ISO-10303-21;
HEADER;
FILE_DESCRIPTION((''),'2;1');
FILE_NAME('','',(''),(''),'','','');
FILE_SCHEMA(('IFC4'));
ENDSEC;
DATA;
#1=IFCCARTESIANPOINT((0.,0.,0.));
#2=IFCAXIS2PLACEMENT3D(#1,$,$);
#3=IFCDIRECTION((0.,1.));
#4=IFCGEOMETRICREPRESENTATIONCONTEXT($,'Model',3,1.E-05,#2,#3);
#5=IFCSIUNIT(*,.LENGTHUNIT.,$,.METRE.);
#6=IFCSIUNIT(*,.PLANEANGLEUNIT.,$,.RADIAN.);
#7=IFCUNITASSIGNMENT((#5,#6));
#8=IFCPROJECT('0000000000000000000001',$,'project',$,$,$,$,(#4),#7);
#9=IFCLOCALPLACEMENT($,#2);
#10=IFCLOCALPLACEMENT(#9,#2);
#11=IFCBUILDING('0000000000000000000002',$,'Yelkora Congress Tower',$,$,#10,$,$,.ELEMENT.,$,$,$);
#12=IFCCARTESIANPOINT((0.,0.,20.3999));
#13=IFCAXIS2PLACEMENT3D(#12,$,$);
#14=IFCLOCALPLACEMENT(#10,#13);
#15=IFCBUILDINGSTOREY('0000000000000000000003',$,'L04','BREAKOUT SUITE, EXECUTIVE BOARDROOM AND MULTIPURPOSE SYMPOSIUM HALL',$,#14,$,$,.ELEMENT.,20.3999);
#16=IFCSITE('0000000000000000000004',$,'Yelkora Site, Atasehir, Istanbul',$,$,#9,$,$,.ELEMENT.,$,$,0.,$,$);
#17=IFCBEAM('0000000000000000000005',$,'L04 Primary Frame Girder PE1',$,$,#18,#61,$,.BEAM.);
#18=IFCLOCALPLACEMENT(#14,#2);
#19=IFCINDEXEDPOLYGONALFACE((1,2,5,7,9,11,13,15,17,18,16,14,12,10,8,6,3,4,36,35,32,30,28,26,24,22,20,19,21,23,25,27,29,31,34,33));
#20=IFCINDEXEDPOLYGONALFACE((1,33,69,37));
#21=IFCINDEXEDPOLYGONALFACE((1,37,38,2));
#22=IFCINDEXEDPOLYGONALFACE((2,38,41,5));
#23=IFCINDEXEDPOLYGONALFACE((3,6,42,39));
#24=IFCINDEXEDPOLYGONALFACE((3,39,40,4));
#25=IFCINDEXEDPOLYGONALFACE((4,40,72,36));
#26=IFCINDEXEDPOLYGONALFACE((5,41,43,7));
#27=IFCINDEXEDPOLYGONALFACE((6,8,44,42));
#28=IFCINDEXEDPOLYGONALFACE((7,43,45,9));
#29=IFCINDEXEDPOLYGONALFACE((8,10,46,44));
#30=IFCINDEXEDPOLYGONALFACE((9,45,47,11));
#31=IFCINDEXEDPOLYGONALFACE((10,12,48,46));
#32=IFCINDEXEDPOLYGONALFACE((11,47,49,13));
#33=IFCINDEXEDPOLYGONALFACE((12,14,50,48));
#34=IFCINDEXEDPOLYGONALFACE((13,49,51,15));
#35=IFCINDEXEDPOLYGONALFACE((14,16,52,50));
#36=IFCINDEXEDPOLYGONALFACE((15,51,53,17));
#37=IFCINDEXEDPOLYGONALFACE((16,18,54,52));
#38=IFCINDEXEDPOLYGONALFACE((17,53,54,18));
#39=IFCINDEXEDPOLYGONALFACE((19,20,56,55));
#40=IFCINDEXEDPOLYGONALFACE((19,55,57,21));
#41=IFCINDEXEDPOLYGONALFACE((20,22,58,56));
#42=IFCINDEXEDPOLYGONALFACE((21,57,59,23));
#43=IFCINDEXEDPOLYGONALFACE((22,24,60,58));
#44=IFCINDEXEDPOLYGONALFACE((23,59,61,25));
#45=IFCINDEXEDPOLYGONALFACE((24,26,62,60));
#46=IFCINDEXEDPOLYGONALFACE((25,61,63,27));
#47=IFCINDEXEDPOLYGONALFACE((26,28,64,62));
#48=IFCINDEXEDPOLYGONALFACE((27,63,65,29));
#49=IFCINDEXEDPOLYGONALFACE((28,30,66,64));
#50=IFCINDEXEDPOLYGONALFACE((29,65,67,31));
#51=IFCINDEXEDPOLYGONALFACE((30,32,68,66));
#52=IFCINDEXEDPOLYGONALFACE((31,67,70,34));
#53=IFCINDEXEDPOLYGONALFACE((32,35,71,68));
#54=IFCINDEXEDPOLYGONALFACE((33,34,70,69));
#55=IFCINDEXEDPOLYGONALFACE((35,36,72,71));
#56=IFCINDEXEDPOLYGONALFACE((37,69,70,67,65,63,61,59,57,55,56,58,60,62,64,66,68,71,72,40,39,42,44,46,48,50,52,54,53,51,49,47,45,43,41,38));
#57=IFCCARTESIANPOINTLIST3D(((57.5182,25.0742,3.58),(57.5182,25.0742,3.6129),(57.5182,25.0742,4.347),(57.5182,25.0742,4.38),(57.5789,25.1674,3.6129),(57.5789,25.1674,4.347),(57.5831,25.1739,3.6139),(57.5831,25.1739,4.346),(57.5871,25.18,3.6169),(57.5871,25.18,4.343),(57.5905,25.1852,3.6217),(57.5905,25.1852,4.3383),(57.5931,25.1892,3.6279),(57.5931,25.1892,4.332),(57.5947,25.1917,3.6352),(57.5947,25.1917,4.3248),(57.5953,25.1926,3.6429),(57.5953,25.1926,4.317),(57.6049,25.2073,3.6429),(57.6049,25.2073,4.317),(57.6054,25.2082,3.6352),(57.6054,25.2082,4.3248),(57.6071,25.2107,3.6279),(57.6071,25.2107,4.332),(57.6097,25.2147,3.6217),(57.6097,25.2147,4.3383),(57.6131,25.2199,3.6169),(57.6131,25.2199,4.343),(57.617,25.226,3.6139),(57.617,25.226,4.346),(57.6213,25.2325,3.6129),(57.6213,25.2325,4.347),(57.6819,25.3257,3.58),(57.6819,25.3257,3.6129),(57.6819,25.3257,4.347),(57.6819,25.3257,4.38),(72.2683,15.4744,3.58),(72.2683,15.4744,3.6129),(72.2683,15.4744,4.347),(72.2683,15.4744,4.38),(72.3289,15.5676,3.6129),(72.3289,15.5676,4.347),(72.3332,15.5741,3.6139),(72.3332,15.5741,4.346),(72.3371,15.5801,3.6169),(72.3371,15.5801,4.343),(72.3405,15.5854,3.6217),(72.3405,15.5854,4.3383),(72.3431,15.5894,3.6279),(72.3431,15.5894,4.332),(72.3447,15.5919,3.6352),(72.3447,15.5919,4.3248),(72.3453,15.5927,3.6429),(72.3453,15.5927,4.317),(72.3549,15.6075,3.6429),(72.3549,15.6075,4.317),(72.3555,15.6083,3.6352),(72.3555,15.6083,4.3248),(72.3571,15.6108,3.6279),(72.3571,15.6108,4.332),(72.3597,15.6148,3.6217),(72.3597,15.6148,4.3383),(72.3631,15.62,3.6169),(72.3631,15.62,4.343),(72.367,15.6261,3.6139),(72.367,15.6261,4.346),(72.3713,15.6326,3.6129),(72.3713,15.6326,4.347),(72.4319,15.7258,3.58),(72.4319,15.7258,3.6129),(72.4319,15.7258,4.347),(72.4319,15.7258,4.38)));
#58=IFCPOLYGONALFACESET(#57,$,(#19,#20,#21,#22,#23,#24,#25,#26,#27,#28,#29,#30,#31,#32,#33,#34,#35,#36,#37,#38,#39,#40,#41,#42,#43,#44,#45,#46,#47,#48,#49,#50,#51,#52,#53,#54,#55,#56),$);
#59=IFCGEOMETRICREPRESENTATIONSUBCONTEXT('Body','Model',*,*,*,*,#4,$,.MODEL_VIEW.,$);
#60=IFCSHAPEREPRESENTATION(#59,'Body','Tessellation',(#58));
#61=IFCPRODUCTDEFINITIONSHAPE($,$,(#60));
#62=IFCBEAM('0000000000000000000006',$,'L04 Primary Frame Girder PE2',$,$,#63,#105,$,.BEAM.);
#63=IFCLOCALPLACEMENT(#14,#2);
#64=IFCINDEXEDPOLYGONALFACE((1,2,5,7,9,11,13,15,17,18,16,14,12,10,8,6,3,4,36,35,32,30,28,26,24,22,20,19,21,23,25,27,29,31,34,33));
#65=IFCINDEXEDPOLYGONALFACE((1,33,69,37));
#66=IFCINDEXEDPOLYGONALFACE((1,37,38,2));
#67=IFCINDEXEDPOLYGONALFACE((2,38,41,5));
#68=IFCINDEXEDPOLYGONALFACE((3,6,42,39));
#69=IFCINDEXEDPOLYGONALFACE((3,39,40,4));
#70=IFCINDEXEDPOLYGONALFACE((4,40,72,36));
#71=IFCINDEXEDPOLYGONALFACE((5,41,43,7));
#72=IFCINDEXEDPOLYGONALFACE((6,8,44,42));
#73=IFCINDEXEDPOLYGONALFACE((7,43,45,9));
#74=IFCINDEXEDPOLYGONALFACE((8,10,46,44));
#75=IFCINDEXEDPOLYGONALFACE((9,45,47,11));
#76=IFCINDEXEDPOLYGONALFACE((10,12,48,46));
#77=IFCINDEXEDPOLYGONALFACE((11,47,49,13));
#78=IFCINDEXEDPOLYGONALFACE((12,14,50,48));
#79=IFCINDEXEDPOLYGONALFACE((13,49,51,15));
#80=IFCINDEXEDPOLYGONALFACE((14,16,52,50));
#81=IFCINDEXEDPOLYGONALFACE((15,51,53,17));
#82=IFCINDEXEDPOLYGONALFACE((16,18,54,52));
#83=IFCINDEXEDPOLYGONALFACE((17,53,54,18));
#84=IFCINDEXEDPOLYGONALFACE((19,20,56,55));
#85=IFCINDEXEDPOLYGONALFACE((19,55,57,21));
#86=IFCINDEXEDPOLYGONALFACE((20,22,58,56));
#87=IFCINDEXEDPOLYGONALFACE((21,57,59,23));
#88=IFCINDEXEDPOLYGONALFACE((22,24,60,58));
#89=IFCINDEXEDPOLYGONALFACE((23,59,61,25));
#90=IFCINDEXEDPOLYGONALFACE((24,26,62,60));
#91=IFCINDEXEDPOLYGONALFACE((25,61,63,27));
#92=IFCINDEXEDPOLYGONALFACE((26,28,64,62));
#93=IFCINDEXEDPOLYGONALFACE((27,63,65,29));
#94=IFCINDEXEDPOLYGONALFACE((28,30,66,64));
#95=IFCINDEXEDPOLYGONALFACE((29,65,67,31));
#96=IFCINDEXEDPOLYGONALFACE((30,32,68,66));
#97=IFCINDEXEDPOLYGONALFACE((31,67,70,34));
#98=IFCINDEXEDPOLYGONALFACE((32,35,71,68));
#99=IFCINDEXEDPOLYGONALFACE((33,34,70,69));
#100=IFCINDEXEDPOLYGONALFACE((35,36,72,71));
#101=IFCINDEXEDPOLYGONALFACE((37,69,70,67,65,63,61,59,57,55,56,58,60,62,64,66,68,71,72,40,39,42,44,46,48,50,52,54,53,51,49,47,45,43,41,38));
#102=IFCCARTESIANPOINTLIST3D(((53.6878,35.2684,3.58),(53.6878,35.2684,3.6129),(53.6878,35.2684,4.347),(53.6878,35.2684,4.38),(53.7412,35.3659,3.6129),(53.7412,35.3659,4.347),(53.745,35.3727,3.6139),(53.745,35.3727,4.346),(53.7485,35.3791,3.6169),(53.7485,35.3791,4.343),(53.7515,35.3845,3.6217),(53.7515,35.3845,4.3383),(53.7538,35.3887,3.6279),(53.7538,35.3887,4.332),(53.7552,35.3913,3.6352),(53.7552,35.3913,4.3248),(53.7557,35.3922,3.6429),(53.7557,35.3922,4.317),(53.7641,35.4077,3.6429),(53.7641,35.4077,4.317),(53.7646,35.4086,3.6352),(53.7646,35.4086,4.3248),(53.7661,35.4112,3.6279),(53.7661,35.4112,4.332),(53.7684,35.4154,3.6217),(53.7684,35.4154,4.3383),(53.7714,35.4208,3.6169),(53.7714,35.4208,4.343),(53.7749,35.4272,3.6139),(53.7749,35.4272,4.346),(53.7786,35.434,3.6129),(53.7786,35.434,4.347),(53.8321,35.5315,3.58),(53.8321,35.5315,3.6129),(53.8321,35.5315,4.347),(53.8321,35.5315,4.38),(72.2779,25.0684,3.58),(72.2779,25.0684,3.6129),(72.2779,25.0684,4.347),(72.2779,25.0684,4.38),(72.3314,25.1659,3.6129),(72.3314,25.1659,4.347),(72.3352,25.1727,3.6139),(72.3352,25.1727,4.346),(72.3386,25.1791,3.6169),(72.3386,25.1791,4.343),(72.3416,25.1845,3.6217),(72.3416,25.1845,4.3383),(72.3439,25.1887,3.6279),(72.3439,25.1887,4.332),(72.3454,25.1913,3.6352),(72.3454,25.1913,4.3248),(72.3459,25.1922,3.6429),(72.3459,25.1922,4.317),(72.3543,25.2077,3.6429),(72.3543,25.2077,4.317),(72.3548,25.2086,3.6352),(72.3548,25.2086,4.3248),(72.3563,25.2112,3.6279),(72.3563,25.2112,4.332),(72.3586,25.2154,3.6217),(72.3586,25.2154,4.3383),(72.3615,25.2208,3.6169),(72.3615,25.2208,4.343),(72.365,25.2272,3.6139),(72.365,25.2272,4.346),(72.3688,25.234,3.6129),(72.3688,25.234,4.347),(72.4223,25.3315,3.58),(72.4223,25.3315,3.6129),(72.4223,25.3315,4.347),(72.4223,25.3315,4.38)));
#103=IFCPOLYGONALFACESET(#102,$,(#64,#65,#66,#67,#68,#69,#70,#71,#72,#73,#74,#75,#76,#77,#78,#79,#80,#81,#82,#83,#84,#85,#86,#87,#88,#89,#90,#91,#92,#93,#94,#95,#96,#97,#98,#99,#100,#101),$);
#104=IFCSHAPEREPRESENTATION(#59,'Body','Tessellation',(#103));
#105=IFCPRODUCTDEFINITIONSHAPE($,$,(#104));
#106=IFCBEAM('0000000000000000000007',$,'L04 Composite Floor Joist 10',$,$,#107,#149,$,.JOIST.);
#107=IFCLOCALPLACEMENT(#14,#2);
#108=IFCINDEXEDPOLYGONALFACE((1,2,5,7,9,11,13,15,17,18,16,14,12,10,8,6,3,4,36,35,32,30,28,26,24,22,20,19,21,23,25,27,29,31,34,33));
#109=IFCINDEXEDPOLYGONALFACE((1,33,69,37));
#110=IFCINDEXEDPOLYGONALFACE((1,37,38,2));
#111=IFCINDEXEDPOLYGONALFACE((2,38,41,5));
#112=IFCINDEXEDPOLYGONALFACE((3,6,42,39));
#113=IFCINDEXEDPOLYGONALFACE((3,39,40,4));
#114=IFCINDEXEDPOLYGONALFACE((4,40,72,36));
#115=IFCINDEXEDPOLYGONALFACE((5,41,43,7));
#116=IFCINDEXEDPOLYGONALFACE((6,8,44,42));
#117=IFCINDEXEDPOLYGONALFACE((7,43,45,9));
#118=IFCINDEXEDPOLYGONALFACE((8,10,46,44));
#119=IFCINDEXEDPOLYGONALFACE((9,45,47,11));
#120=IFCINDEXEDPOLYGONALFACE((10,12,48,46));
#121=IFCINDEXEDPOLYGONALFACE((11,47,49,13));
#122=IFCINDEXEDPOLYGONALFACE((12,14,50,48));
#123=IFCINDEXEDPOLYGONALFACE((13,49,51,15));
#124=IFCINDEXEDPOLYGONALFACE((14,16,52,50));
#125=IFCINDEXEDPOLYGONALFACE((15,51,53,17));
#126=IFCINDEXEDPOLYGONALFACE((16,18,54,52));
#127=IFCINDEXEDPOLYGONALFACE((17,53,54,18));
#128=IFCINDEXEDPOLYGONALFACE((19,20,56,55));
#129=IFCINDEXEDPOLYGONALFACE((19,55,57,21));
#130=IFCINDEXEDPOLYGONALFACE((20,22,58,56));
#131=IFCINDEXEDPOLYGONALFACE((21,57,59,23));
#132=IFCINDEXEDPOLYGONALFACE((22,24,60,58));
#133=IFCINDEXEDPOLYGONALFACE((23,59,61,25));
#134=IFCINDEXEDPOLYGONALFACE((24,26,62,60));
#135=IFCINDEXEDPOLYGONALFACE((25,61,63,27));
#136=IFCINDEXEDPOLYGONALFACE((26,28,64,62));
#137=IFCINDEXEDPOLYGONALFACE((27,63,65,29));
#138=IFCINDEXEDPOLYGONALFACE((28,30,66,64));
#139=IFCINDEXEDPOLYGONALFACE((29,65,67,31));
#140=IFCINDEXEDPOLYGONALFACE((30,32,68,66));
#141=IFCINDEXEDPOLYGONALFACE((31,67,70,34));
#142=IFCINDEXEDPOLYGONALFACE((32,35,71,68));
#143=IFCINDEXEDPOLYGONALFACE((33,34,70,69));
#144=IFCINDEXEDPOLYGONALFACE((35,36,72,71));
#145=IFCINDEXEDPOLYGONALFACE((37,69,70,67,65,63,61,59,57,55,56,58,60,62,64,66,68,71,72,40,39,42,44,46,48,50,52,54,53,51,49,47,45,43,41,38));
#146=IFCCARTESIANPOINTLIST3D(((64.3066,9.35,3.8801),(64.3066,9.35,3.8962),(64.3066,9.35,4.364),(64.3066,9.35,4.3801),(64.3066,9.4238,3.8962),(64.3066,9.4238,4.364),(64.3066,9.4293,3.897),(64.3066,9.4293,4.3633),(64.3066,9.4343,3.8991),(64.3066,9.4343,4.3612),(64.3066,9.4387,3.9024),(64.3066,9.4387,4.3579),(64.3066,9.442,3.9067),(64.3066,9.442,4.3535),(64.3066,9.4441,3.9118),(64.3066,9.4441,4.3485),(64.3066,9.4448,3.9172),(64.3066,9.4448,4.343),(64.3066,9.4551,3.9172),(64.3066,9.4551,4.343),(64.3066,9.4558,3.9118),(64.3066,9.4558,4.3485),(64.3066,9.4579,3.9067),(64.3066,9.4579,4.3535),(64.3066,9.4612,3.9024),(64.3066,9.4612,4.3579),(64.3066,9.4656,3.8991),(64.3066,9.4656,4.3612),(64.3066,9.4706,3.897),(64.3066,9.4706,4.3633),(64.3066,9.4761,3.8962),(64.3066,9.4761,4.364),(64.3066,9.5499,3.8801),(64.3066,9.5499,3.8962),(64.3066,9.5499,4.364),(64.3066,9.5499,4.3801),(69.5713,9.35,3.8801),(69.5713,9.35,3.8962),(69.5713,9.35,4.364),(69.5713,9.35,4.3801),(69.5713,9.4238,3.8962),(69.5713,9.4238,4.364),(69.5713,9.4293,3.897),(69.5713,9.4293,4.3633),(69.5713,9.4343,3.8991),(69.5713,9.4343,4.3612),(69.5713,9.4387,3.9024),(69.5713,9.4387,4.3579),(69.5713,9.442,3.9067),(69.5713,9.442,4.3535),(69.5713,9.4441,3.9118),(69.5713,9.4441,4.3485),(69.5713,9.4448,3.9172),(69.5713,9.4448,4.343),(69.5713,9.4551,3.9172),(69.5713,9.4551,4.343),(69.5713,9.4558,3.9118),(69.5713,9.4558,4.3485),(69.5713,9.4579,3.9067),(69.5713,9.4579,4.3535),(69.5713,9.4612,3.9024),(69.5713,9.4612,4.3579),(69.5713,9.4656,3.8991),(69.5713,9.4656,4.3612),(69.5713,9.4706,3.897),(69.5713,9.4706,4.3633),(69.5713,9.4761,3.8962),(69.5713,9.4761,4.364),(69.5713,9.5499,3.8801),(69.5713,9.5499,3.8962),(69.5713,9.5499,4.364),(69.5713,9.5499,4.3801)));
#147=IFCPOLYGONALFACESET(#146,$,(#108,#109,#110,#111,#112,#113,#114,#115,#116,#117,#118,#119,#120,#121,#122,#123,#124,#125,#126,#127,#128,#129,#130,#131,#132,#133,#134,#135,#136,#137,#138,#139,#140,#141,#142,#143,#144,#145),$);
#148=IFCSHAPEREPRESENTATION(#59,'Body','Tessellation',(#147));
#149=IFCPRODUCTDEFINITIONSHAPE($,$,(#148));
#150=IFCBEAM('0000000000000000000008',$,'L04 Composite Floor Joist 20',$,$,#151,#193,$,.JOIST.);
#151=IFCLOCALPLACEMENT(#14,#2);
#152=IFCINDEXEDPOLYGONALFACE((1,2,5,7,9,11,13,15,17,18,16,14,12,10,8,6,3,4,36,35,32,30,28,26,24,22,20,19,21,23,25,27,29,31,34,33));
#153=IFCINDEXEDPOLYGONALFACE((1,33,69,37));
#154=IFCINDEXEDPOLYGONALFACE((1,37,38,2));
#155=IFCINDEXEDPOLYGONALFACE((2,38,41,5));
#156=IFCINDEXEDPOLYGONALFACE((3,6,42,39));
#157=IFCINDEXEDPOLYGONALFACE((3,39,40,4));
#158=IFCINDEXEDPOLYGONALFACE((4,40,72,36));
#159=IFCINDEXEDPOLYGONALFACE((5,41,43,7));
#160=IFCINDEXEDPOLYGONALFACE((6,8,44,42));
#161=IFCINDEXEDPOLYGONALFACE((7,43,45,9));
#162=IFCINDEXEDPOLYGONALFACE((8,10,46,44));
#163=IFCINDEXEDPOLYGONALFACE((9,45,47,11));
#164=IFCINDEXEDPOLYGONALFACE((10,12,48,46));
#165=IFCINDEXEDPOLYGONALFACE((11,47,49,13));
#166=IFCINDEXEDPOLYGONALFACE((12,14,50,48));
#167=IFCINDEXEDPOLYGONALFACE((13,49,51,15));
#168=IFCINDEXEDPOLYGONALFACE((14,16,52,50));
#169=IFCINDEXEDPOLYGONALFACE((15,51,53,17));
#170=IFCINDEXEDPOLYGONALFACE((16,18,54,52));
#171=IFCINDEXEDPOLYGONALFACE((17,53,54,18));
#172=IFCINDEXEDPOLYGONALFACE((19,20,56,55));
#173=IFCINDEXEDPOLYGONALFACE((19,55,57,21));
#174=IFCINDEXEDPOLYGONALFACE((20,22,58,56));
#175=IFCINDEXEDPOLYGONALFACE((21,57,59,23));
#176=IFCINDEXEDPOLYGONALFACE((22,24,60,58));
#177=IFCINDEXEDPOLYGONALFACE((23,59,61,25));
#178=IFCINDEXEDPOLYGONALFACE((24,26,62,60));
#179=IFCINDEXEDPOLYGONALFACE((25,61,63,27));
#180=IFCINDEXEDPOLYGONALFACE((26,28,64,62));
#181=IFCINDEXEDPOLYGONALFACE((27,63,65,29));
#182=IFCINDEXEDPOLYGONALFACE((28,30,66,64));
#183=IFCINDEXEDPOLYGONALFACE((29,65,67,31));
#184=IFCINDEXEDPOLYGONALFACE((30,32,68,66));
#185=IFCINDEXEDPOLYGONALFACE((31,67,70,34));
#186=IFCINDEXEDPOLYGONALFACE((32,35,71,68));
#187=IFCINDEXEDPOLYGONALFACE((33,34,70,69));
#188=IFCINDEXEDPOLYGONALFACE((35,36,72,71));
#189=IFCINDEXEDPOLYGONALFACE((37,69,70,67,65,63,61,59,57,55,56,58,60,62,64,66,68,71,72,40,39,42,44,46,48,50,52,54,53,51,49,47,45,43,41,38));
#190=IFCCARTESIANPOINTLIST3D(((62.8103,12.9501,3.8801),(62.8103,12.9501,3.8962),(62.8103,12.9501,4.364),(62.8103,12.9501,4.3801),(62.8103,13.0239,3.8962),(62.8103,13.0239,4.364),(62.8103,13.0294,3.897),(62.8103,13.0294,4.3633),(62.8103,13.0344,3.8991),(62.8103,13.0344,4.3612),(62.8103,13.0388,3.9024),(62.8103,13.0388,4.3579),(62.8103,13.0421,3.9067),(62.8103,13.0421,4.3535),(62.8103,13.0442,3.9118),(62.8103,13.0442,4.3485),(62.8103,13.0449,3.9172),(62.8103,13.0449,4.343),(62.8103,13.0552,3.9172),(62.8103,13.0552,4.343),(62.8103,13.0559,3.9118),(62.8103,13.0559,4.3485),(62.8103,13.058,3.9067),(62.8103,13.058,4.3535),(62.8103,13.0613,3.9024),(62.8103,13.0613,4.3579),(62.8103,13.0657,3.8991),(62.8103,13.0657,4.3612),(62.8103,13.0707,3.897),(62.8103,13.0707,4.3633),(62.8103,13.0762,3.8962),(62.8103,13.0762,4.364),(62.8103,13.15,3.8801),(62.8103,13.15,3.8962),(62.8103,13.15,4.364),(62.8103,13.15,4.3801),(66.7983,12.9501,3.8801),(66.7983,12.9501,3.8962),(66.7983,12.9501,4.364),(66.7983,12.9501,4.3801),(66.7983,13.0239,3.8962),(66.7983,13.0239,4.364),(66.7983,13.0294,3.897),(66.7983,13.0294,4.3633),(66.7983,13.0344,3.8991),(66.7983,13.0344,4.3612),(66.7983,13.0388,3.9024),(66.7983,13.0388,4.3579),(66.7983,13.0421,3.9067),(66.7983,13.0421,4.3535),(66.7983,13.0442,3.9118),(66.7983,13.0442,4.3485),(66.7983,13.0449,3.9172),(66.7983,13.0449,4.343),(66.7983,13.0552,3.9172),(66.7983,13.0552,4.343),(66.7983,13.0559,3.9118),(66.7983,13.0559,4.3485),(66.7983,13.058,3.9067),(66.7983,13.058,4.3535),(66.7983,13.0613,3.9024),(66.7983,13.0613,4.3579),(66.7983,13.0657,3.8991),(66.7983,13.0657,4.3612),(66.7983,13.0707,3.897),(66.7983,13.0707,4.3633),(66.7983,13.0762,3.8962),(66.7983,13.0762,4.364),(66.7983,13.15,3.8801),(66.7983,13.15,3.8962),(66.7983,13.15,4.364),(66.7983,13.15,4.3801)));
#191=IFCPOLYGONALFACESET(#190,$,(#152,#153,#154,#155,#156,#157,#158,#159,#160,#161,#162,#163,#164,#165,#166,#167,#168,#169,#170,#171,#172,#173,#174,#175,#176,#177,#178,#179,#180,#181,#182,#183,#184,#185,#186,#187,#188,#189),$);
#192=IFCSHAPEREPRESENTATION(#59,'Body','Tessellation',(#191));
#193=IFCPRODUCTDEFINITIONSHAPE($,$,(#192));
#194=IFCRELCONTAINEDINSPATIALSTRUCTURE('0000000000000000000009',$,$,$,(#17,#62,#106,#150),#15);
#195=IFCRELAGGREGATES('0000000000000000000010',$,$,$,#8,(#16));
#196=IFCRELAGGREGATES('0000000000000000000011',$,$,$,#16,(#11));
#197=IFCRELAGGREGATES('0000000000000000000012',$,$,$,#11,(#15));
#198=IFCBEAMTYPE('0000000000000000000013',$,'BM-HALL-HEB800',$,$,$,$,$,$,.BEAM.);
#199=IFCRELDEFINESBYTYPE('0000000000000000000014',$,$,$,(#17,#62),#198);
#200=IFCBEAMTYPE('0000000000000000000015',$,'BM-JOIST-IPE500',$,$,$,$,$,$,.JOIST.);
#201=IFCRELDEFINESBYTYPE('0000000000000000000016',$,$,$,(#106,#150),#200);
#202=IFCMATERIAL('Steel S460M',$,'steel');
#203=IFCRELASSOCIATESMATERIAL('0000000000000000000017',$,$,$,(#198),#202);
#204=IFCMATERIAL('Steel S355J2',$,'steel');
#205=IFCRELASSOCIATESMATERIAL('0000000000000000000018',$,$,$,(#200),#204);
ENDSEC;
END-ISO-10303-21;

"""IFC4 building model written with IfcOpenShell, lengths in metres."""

from ifc_helpers import new_model, si_unit, direction, frame, origin, origin_2d, place, context, subcontext, project, spatial, i_section, extrude, material, material_profile, profile_set, type_object, element, save


model = new_model("IFC4")

# Units and contexts
model_context = context("Model", 3, precision=1e-05, world=origin(), true_north=direction((0.0, 1.0)))
body_context = subcontext(model_context, "Body", "Model", "MODEL_VIEW")
ifc_project = project(units=[si_unit("LENGTHUNIT", "METRE"), si_unit("PLANEANGLEUNIT", "RADIAN")], contexts=[model_context])

# Site, building, storey
site_placement = place(None, origin())
site = spatial("IfcSite", under=ifc_project, at=site_placement, Name="Yelkora Site, Atasehir, Istanbul", CompositionType="ELEMENT", RefElevation=0.0)
building_placement = place(site_placement, origin())
building = spatial("IfcBuilding", under=site, at=building_placement, Name="Yelkora Congress Tower", CompositionType="ELEMENT")
storey_placement = place(building_placement, frame((0.0, 0.0, 20.3999)))
storey = spatial("IfcBuildingStorey", under=building, at=storey_placement, Name="L04", Description="BREAKOUT SUITE, EXECUTIVE BOARDROOM AND MULTIPURPOSE SYMPOSIUM HALL", CompositionType="ELEMENT", Elevation=20.3999)

# Beams
ifc_material_1 = material(Name="Steel S460M", Category="steel")
ifc_material_profile_1 = material_profile(ifc_material_1, i_section(OverallWidth=0.3, OverallDepth=0.8, WebThickness=0.0176, FlangeThickness=0.033, FilletRadius=0.03, at=origin_2d()), Name="HEB 800")
ifc_profile_set_1 = profile_set([ifc_material_profile_1], Name="Steel S460M")
beam_type_1 = type_object("IfcBeamType", Name="BM-HALL-HEB800", PredefinedType="BEAM", material=ifc_profile_set_1)
beam_1_placement = place(storey_placement, frame((72.3501, 15.6001, 3.98), z_axis=(-0.838123, 0.545482, 0.0), x_axis=(-0.545482, -0.838123, 0.0)))
element("IfcBeam", 1, at=beam_1_placement, inside=storey, type_object=beam_type_1, Name="L04 Primary Frame Girder PE1", PredefinedType="BEAM", context=body_context, shape_type="SweptSolid", body=[
    extrude(i_section(OverallWidth=0.3, OverallDepth=0.8, WebThickness=0.0176, FlangeThickness=0.033, FilletRadius=0.03, at=origin_2d()), origin(), (0.0, 0.0, 1.0), 17.5989),
])
beam_2_placement = place(storey_placement, frame((72.3501, 25.2, 3.98), z_axis=(-0.876705, 0.481028, 0.0), x_axis=(-0.481028, -0.876705, 0.0)))
element("IfcBeam", 2, at=beam_2_placement, inside=storey, type_object=beam_type_1, Name="L04 Primary Frame Girder PE2", PredefinedType="BEAM", context=body_context, shape_type="SweptSolid", body=[
    extrude(i_section(OverallWidth=0.3, OverallDepth=0.8, WebThickness=0.0176, FlangeThickness=0.033, FilletRadius=0.03, at=origin_2d()), origin(), (0.0, 0.0, 1.0), 21.2046),
])
ifc_material_2 = material(Name="Steel S355J2", Category="steel")
ifc_material_profile_2 = material_profile(ifc_material_2, i_section(OverallWidth=0.2, OverallDepth=0.5, WebThickness=0.0103, FlangeThickness=0.0161, FilletRadius=0.021, at=origin_2d()), Name="IPE 500")
ifc_profile_set_2 = profile_set([ifc_material_profile_2], Name="Steel S355J2")
beam_type_2 = type_object("IfcBeamType", Name="BM-JOIST-IPE500", PredefinedType="JOIST", material=ifc_profile_set_2)
beam_3_placement = place(storey_placement, frame((64.3066, 9.45, 4.1301), z_axis=(1.0, 0.0, 0.0), x_axis=(0.0, 1.0, 0.0)))
element("IfcBeam", 3, at=beam_3_placement, inside=storey, type_object=beam_type_2, Name="L04 Composite Floor Joist 10", PredefinedType="JOIST", context=body_context, shape_type="SweptSolid", body=[
    extrude(i_section(OverallWidth=0.2, OverallDepth=0.5, WebThickness=0.0103, FlangeThickness=0.0161, FilletRadius=0.021, at=origin_2d()), origin(), (0.0, 0.0, 1.0), 5.2646),
])
beam_4_placement = place(storey_placement, frame((62.8103, 13.05, 4.1301), z_axis=(1.0, 0.0, 0.0), x_axis=(0.0, 1.0, 0.0)))
element("IfcBeam", 4, at=beam_4_placement, inside=storey, type_object=beam_type_2, Name="L04 Composite Floor Joist 20", PredefinedType="JOIST", context=body_context, shape_type="SweptSolid", body=[
    extrude(i_section(OverallWidth=0.2, OverallDepth=0.5, WebThickness=0.0103, FlangeThickness=0.0161, FilletRadius=0.021, at=origin_2d()), origin(), (0.0, 0.0, 1.0), 3.988),
])

save(model, "model.ifc")
